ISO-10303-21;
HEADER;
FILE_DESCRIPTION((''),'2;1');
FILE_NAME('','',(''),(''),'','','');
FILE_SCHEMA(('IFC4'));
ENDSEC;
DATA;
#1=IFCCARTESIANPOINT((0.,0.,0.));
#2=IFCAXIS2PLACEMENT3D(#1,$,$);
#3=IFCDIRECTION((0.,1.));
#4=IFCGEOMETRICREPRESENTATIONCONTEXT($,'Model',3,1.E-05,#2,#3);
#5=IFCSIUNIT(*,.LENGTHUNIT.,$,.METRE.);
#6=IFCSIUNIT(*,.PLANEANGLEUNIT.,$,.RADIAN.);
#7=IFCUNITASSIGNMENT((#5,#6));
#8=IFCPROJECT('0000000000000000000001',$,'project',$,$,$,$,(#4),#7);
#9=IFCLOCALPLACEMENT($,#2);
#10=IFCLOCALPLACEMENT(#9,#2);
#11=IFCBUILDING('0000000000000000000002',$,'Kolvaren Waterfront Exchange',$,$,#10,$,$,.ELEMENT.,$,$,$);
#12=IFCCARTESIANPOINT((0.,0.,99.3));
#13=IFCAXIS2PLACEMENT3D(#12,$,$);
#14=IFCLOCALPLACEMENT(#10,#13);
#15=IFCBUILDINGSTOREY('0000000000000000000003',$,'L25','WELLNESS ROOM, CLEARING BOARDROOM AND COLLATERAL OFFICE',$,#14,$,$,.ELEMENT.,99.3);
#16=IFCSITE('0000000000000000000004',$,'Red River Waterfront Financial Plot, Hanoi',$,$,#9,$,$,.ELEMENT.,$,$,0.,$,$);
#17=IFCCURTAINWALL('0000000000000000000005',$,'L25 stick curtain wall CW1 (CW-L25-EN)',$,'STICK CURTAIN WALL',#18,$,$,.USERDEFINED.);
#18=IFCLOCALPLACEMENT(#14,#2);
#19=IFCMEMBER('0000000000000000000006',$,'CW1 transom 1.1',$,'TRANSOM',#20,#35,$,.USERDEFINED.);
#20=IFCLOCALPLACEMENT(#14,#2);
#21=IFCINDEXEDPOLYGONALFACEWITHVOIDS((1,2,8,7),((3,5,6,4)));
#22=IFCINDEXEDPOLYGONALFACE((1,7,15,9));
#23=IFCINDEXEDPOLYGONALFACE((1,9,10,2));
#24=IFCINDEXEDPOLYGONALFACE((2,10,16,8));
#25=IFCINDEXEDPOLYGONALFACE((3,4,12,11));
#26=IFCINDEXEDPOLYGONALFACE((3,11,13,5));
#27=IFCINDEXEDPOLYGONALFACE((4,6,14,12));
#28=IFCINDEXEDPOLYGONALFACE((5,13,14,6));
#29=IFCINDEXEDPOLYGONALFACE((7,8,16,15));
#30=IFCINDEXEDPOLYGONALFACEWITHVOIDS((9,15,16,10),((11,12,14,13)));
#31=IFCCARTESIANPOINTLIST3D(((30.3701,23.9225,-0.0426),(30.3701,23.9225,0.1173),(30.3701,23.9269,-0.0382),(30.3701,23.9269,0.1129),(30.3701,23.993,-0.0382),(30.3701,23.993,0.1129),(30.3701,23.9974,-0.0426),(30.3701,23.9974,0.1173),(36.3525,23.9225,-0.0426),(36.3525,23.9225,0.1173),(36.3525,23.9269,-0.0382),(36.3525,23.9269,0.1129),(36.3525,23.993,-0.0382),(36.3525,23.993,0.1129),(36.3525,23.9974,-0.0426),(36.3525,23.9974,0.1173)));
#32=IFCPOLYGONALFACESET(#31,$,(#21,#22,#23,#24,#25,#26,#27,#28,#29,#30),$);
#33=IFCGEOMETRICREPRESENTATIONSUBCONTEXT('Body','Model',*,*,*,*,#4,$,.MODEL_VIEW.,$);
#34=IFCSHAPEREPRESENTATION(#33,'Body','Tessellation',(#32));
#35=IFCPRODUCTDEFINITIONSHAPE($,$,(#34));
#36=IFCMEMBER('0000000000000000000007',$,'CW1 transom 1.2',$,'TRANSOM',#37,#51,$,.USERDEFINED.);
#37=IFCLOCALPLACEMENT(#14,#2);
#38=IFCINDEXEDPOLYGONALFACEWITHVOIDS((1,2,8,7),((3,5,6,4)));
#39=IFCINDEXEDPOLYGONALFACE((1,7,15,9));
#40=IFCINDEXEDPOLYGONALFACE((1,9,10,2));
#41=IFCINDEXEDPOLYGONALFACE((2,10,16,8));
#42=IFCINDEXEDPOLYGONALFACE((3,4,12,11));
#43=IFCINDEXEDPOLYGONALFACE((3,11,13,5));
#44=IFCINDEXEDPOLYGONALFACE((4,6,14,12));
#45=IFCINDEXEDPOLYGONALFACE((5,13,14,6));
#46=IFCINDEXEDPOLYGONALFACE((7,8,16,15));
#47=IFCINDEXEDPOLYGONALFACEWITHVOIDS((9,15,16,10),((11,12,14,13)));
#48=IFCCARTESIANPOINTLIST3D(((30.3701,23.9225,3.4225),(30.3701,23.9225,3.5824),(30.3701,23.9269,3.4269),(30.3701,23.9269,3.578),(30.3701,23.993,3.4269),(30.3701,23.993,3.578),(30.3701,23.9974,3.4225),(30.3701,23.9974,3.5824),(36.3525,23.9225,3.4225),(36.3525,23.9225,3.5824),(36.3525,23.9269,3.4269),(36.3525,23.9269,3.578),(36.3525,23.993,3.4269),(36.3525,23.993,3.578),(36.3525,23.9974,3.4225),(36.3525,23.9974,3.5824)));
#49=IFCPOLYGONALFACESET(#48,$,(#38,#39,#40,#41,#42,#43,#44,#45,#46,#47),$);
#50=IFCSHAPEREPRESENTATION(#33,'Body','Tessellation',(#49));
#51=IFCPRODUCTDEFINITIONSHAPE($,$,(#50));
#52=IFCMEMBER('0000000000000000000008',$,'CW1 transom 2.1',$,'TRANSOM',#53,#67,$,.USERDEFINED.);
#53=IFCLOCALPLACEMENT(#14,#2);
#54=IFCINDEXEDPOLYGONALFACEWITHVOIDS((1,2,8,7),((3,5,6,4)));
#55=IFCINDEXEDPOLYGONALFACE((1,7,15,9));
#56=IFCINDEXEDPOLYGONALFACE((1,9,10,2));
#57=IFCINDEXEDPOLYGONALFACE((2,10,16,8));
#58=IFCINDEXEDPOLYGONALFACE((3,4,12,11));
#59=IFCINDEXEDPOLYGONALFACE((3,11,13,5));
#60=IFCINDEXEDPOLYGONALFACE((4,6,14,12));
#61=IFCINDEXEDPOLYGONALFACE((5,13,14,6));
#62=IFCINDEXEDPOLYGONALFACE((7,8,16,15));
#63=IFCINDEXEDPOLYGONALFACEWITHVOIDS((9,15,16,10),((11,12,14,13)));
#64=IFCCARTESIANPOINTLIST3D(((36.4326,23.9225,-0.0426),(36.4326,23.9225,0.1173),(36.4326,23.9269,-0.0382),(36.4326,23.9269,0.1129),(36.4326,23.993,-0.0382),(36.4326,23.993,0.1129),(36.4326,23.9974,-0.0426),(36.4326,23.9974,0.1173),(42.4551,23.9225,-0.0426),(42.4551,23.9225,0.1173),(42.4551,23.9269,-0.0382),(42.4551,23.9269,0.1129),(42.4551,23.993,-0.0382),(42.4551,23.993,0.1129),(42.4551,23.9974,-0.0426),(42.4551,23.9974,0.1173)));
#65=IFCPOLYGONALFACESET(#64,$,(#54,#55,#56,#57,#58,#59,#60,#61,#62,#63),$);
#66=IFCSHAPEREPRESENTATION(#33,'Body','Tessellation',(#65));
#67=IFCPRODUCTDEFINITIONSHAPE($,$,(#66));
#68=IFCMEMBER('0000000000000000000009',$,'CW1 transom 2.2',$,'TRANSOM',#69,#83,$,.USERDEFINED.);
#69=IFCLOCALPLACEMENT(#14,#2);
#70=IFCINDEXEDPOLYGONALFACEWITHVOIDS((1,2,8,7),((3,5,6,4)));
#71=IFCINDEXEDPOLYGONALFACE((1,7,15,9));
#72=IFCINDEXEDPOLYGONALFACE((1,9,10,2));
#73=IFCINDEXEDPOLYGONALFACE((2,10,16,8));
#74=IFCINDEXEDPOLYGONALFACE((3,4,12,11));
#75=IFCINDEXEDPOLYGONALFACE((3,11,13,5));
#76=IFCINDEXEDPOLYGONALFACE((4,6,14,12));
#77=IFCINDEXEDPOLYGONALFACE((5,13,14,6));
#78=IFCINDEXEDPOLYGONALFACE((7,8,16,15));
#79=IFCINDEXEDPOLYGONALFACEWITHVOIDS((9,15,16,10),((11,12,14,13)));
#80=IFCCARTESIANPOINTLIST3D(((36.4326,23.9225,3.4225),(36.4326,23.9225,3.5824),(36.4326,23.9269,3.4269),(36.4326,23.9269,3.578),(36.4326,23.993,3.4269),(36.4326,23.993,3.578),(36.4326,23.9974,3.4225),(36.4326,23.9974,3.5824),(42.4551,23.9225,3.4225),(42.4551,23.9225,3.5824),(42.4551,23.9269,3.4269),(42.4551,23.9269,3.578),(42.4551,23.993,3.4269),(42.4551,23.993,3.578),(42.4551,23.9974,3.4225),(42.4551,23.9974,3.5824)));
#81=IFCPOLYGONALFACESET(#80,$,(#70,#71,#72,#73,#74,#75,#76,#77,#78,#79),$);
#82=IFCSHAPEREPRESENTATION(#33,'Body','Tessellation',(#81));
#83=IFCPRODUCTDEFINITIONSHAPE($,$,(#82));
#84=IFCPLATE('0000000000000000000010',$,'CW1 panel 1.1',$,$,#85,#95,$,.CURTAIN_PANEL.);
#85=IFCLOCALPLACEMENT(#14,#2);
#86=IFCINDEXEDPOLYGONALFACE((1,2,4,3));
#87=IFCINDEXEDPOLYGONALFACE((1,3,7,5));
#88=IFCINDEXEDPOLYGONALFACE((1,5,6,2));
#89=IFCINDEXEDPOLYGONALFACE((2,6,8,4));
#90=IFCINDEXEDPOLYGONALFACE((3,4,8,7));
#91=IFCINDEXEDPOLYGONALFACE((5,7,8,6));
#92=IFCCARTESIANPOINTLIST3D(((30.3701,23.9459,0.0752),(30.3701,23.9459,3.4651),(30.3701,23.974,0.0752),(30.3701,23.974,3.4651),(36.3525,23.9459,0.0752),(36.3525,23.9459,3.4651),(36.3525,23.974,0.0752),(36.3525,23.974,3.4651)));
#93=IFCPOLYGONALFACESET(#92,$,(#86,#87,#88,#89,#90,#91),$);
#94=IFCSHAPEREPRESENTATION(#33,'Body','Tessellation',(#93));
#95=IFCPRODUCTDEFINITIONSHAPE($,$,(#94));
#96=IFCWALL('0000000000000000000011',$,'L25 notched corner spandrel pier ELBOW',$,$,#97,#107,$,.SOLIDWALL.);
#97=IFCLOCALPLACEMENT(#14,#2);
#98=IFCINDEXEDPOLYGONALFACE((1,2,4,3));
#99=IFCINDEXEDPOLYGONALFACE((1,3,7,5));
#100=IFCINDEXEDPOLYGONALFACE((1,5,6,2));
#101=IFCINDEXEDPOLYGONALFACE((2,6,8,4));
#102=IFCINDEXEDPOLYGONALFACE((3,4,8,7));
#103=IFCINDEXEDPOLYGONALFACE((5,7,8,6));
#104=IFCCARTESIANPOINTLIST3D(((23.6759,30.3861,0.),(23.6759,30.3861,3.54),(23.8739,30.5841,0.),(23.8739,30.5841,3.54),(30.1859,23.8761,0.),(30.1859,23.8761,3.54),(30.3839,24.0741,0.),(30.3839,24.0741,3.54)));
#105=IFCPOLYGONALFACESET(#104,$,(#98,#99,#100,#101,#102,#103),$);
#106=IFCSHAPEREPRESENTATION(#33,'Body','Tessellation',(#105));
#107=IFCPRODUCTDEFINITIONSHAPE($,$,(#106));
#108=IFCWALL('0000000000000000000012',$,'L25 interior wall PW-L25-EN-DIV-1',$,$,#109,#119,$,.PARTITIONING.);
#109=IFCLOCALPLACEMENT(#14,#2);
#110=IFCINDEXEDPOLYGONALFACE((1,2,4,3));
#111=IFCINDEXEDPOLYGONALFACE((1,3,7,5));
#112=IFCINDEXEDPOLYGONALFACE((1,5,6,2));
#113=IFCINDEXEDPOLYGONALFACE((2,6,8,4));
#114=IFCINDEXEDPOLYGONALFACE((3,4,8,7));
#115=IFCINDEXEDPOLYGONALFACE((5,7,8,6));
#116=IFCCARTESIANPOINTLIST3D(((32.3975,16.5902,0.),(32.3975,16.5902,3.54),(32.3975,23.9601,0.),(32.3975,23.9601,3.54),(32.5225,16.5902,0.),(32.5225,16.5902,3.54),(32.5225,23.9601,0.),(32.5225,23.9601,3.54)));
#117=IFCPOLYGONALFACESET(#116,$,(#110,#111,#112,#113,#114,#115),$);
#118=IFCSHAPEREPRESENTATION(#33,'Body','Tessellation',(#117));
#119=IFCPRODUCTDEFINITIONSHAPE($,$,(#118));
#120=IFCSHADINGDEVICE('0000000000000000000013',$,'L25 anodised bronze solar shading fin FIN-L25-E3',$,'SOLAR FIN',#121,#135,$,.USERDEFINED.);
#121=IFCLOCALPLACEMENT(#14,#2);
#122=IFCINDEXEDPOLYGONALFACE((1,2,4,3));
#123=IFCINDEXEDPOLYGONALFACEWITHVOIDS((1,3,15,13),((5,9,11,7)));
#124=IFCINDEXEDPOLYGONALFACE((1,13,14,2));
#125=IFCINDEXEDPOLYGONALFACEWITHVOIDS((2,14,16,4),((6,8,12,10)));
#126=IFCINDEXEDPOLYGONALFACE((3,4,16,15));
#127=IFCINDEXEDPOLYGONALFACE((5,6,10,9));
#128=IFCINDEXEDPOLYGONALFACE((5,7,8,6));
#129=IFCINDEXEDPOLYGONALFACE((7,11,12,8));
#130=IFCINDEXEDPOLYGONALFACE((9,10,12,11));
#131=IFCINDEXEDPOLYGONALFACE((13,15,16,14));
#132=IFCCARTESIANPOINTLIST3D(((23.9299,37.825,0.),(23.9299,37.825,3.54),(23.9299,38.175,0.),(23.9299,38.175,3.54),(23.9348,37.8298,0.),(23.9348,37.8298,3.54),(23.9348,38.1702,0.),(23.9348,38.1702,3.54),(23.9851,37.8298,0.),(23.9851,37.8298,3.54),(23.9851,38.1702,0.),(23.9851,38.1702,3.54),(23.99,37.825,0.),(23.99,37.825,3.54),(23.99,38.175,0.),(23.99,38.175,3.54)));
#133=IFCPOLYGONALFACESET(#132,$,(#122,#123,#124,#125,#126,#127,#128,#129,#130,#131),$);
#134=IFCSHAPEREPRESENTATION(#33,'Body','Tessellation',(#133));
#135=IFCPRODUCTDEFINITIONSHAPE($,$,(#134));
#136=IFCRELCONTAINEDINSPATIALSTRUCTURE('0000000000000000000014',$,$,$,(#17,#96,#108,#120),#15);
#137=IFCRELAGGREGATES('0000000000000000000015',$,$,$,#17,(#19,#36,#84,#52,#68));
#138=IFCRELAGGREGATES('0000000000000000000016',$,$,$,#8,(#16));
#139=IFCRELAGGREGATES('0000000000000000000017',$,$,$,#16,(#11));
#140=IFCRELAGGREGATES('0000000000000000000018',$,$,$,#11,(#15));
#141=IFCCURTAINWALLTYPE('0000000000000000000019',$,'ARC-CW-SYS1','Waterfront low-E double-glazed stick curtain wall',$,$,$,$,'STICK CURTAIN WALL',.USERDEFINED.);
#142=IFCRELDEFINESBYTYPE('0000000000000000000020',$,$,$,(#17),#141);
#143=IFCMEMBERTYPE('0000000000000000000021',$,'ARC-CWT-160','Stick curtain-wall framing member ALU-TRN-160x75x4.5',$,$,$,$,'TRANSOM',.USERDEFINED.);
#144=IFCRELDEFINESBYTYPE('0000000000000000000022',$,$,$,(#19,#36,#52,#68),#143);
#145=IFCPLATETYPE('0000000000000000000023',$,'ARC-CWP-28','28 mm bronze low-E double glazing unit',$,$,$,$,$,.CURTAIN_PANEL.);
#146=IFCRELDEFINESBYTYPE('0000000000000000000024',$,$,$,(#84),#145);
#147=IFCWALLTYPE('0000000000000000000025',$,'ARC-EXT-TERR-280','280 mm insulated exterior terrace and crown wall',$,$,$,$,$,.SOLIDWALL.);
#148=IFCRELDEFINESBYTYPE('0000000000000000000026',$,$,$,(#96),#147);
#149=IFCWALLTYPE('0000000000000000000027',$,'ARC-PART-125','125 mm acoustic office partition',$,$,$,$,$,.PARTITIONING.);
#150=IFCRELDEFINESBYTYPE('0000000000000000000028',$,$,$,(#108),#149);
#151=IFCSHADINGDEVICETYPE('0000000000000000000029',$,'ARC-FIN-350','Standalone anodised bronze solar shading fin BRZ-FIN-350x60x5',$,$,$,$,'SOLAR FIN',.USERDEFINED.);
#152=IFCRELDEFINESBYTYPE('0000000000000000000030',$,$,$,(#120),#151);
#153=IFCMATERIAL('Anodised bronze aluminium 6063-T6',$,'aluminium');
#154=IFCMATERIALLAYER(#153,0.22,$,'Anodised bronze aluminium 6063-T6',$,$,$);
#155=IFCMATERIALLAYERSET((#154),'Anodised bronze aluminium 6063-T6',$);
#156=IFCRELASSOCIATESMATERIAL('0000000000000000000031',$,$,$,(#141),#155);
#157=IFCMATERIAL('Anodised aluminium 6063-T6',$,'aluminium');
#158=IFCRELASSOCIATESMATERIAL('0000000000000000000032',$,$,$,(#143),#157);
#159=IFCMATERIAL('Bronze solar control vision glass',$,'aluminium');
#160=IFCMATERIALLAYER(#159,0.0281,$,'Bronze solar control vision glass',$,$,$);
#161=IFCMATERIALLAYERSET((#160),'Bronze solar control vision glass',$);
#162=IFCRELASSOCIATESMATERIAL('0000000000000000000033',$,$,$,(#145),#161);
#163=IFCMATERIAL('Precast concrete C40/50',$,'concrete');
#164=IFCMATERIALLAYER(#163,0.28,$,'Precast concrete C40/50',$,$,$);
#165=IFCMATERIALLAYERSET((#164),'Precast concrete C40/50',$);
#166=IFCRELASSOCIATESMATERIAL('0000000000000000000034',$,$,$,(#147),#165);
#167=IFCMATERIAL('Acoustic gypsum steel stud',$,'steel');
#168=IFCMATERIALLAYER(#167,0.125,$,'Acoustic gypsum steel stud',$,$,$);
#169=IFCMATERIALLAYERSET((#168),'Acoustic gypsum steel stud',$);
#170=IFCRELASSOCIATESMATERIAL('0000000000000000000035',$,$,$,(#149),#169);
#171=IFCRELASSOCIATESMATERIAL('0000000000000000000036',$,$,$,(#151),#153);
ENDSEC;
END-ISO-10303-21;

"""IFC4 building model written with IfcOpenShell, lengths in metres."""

from ifc_helpers import new_model, si_unit, direction, frame, frame_2d, origin, origin_with_axes, origin_2d, place, context, subcontext, project, spatial, rectangle, hollow_rectangle, extrude, source, transform, mapped, material, layer, layer_set, material_profile, profile_set, type_object, element, aggregate, save


model = new_model("IFC4")

# Units and contexts
model_context = context("Model", 3, precision=1e-05, world=origin(), true_north=direction((0.0, 1.0)))
body_context = subcontext(model_context, "Body", "Model", "MODEL_VIEW")
ifc_project = project(units=[si_unit("LENGTHUNIT", "METRE"), si_unit("PLANEANGLEUNIT", "RADIAN")], contexts=[model_context])

# Site, building, storey
site_placement = place(None, origin())
site = spatial("IfcSite", under=ifc_project, at=site_placement, Name="Red River Waterfront Financial Plot, Hanoi", CompositionType="ELEMENT", RefElevation=0.0)
building_placement = place(site_placement, origin())
building = spatial("IfcBuilding", under=site, at=building_placement, Name="Kolvaren Waterfront Exchange", CompositionType="ELEMENT")
storey_placement = place(building_placement, frame((0.0, 0.0, 99.3)))
storey = spatial("IfcBuildingStorey", under=building, at=storey_placement, Name="L25", Description="WELLNESS ROOM, CLEARING BOARDROOM AND COLLATERAL OFFICE", CompositionType="ELEMENT", Elevation=99.3)

# Curtain wall, members, plate
ifc_material_1 = material(Name="Anodised bronze aluminium 6063-T6", Category="aluminium")
ifc_layer_1 = layer(ifc_material_1, 0.22, Name="Anodised bronze aluminium 6063-T6")
ifc_layer_set_1 = layer_set([ifc_layer_1], Name="Anodised bronze aluminium 6063-T6")
curtain_wall_type = type_object("IfcCurtainWallType", Name="ARC-CW-SYS1", Description="Waterfront low-E double-glazed stick curtain wall", ElementType="STICK CURTAIN WALL", PredefinedType="USERDEFINED", material=ifc_layer_set_1)
curtain_wall_placement = place(storey_placement, origin())
curtain_wall = element("IfcCurtainWall", 1, at=curtain_wall_placement, inside=storey, type_object=curtain_wall_type, Name="L25 stick curtain wall CW1 (CW-L25-EN)", ObjectType="STICK CURTAIN WALL", PredefinedType="USERDEFINED")
ifc_material_2 = material(Name="Anodised aluminium 6063-T6", Category="aluminium")
ifc_material_profile_1 = material_profile(ifc_material_2, hollow_rectangle(XDim=0.075, YDim=0.1599, WallThickness=0.0044, at=origin_2d()), Name="ALU-TRN-160x75x4.5")
ifc_profile_set_1 = profile_set([ifc_material_profile_1], Name="Anodised aluminium 6063-T6")
member_type_1 = type_object("IfcMemberType", Name="ARC-CWT-160", Description="Stick curtain-wall framing member ALU-TRN-160x75x4.5", ElementType="TRANSOM", PredefinedType="USERDEFINED", material=ifc_profile_set_1)
shared_shape_1 = source(origin_with_axes(), body_context, "Body", "SweptSolid", [
    extrude(hollow_rectangle(XDim=0.075, YDim=0.1599, WallThickness=0.0044, at=origin_2d()), origin(), (0.0, 0.0, 1.0), 5.9824),
])
member_1_placement = place(storey_placement, frame((30.3701, 23.96, 0.0374), z_axis=(1.0, 0.0, 0.0), x_axis=(0.0, 1.0, 0.0)))
member_1 = element("IfcMember", 2, at=member_1_placement, type_object=member_type_1, Name="CW1 transom 1.1", ObjectType="TRANSOM", PredefinedType="USERDEFINED", context=body_context, shape_type="MappedRepresentation", body=[
    mapped(shared_shape_1, transform((0.0, 0.0, 0.0), x_axis=(1.0, 0.0, 0.0), y_axis=(0.0, 1.0, 0.0), z_axis=(0.0, 0.0, 1.0), scale=1.0)),
])
member_2_placement = place(storey_placement, frame((30.3701, 23.96, 3.5024), z_axis=(1.0, 0.0, 0.0), x_axis=(0.0, 1.0, 0.0)))
member_2 = element("IfcMember", 3, at=member_2_placement, type_object=member_type_1, Name="CW1 transom 1.2", ObjectType="TRANSOM", PredefinedType="USERDEFINED", context=body_context, shape_type="MappedRepresentation", body=[
    mapped(shared_shape_1, transform((0.0, 0.0, 0.0), x_axis=(1.0, 0.0, 0.0), y_axis=(0.0, 1.0, 0.0), z_axis=(0.0, 0.0, 1.0), scale=1.0)),
])
shared_shape_2 = source(origin_with_axes(), body_context, "Body", "SweptSolid", [
    extrude(hollow_rectangle(XDim=0.075, YDim=0.1599, WallThickness=0.0044, at=origin_2d()), origin(), (0.0, 0.0, 1.0), 6.0225),
])
member_3_placement = place(storey_placement, frame((36.4326, 23.96, 0.0374), z_axis=(1.0, 0.0, 0.0), x_axis=(0.0, 1.0, 0.0)))
member_3 = element("IfcMember", 4, at=member_3_placement, type_object=member_type_1, Name="CW1 transom 2.1", ObjectType="TRANSOM", PredefinedType="USERDEFINED", context=body_context, shape_type="MappedRepresentation", body=[
    mapped(shared_shape_2, transform((0.0, 0.0, 0.0), x_axis=(1.0, 0.0, 0.0), y_axis=(0.0, 1.0, 0.0), z_axis=(0.0, 0.0, 1.0), scale=1.0)),
])
member_4_placement = place(storey_placement, frame((36.4326, 23.96, 3.5024), z_axis=(1.0, 0.0, 0.0), x_axis=(0.0, 1.0, 0.0)))
member_4 = element("IfcMember", 5, at=member_4_placement, type_object=member_type_1, Name="CW1 transom 2.2", ObjectType="TRANSOM", PredefinedType="USERDEFINED", context=body_context, shape_type="MappedRepresentation", body=[
    mapped(shared_shape_2, transform((0.0, 0.0, 0.0), x_axis=(1.0, 0.0, 0.0), y_axis=(0.0, 1.0, 0.0), z_axis=(0.0, 0.0, 1.0), scale=1.0)),
])
ifc_material_3 = material(Name="Bronze solar control vision glass", Category="aluminium")
ifc_layer_2 = layer(ifc_material_3, 0.0281, Name="Bronze solar control vision glass")
ifc_layer_set_2 = layer_set([ifc_layer_2], Name="Bronze solar control vision glass")
plate_type = type_object("IfcPlateType", Name="ARC-CWP-28", Description="28 mm bronze low-E double glazing unit", PredefinedType="CURTAIN_PANEL", material=ifc_layer_set_2)
shared_shape_3 = source(origin_with_axes(), body_context, "Body", "SweptSolid", [
    extrude(rectangle(XDim=5.9824, YDim=0.0281, at=origin_2d()), origin(), (0.0, 0.0, 1.0), 3.3899),
])
plate_placement = place(storey_placement, frame((33.3613, 23.96, 0.0752), z_axis=(0.0, 0.0, 1.0), x_axis=(1.0, 0.0, 0.0)))
plate = element("IfcPlate", 6, at=plate_placement, type_object=plate_type, Name="CW1 panel 1.1", PredefinedType="CURTAIN_PANEL", context=body_context, shape_type="MappedRepresentation", body=[
    mapped(shared_shape_3, transform((0.0, 0.0, 0.0), x_axis=(1.0, 0.0, 0.0), y_axis=(0.0, 1.0, 0.0), z_axis=(0.0, 0.0, 1.0), scale=1.0)),
])
aggregate(curtain_wall, [member_1, member_2, plate, member_3, member_4])

# Walls
ifc_material_4 = material(Name="Precast concrete C40/50", Category="concrete")
ifc_layer_3 = layer(ifc_material_4, 0.28, Name="Precast concrete C40/50")
ifc_layer_set_3 = layer_set([ifc_layer_3], Name="Precast concrete C40/50")
wall_type_1 = type_object("IfcWallType", Name="ARC-EXT-TERR-280", Description="280 mm insulated exterior terrace and crown wall", PredefinedType="SOLIDWALL", material=ifc_layer_set_3)
wall_1_placement = place(storey_placement, frame((30.2849, 23.9751, 0.0), z_axis=(0.0, 0.0, 1.0), x_axis=(-0.707107, 0.707107, 0.0)))
element("IfcWall", 7, at=wall_1_placement, inside=storey, type_object=wall_type_1, Name="L25 notched corner spandrel pier ELBOW", PredefinedType="SOLIDWALL", context=body_context, shape_type="SweptSolid", body=[
    extrude(rectangle(XDim=9.2065, YDim=0.28, at=frame_2d((4.6033, 0.0))), origin(), (0.0, 0.0, 1.0), 3.54),
])
ifc_material_5 = material(Name="Acoustic gypsum steel stud", Category="steel")
ifc_layer_4 = layer(ifc_material_5, 0.125, Name="Acoustic gypsum steel stud")
ifc_layer_set_4 = layer_set([ifc_layer_4], Name="Acoustic gypsum steel stud")
wall_type_2 = type_object("IfcWallType", Name="ARC-PART-125", Description="125 mm acoustic office partition", PredefinedType="PARTITIONING", material=ifc_layer_set_4)
wall_2_placement = place(storey_placement, frame((32.46, 16.5901, 0.0), z_axis=(0.0, 0.0, 1.0), x_axis=(0.0, 1.0, 0.0)))
element("IfcWall", 8, at=wall_2_placement, inside=storey, type_object=wall_type_2, Name="L25 interior wall PW-L25-EN-DIV-1", PredefinedType="PARTITIONING", context=body_context, shape_type="SweptSolid", body=[
    extrude(rectangle(XDim=7.3699, YDim=0.125, at=frame_2d((3.6851, 0.0))), origin(), (0.0, 0.0, 1.0), 3.54),
])

# Shading device
ifc_material_profile_2 = material_profile(ifc_material_1, hollow_rectangle(XDim=0.0601, YDim=0.3501, WallThickness=0.0049, at=origin_2d()), Name="BRZ-FIN-350x60x5")
ifc_profile_set_2 = profile_set([ifc_material_profile_2], Name="Anodised bronze aluminium 6063-T6")
shading_device_type = type_object("IfcShadingDeviceType", Name="ARC-FIN-350", Description="Standalone anodised bronze solar shading fin BRZ-FIN-350x60x5", ElementType="SOLAR FIN", PredefinedType="USERDEFINED", material=ifc_profile_set_2)
shading_device_placement = place(storey_placement, frame((23.96, 38.0, 0.0), z_axis=(0.0, 0.0, 1.0), x_axis=(1.0, 0.0, 0.0)))
element("IfcShadingDevice", 9, at=shading_device_placement, inside=storey, type_object=shading_device_type, Name="L25 anodised bronze solar shading fin FIN-L25-E3", ObjectType="SOLAR FIN", PredefinedType="USERDEFINED", context=body_context, shape_type="SweptSolid", body=[
    extrude(hollow_rectangle(XDim=0.0601, YDim=0.3501, WallThickness=0.0049, at=origin_2d()), origin(), (0.0, 0.0, 1.0), 3.54),
])

save(model, "model.ifc")
